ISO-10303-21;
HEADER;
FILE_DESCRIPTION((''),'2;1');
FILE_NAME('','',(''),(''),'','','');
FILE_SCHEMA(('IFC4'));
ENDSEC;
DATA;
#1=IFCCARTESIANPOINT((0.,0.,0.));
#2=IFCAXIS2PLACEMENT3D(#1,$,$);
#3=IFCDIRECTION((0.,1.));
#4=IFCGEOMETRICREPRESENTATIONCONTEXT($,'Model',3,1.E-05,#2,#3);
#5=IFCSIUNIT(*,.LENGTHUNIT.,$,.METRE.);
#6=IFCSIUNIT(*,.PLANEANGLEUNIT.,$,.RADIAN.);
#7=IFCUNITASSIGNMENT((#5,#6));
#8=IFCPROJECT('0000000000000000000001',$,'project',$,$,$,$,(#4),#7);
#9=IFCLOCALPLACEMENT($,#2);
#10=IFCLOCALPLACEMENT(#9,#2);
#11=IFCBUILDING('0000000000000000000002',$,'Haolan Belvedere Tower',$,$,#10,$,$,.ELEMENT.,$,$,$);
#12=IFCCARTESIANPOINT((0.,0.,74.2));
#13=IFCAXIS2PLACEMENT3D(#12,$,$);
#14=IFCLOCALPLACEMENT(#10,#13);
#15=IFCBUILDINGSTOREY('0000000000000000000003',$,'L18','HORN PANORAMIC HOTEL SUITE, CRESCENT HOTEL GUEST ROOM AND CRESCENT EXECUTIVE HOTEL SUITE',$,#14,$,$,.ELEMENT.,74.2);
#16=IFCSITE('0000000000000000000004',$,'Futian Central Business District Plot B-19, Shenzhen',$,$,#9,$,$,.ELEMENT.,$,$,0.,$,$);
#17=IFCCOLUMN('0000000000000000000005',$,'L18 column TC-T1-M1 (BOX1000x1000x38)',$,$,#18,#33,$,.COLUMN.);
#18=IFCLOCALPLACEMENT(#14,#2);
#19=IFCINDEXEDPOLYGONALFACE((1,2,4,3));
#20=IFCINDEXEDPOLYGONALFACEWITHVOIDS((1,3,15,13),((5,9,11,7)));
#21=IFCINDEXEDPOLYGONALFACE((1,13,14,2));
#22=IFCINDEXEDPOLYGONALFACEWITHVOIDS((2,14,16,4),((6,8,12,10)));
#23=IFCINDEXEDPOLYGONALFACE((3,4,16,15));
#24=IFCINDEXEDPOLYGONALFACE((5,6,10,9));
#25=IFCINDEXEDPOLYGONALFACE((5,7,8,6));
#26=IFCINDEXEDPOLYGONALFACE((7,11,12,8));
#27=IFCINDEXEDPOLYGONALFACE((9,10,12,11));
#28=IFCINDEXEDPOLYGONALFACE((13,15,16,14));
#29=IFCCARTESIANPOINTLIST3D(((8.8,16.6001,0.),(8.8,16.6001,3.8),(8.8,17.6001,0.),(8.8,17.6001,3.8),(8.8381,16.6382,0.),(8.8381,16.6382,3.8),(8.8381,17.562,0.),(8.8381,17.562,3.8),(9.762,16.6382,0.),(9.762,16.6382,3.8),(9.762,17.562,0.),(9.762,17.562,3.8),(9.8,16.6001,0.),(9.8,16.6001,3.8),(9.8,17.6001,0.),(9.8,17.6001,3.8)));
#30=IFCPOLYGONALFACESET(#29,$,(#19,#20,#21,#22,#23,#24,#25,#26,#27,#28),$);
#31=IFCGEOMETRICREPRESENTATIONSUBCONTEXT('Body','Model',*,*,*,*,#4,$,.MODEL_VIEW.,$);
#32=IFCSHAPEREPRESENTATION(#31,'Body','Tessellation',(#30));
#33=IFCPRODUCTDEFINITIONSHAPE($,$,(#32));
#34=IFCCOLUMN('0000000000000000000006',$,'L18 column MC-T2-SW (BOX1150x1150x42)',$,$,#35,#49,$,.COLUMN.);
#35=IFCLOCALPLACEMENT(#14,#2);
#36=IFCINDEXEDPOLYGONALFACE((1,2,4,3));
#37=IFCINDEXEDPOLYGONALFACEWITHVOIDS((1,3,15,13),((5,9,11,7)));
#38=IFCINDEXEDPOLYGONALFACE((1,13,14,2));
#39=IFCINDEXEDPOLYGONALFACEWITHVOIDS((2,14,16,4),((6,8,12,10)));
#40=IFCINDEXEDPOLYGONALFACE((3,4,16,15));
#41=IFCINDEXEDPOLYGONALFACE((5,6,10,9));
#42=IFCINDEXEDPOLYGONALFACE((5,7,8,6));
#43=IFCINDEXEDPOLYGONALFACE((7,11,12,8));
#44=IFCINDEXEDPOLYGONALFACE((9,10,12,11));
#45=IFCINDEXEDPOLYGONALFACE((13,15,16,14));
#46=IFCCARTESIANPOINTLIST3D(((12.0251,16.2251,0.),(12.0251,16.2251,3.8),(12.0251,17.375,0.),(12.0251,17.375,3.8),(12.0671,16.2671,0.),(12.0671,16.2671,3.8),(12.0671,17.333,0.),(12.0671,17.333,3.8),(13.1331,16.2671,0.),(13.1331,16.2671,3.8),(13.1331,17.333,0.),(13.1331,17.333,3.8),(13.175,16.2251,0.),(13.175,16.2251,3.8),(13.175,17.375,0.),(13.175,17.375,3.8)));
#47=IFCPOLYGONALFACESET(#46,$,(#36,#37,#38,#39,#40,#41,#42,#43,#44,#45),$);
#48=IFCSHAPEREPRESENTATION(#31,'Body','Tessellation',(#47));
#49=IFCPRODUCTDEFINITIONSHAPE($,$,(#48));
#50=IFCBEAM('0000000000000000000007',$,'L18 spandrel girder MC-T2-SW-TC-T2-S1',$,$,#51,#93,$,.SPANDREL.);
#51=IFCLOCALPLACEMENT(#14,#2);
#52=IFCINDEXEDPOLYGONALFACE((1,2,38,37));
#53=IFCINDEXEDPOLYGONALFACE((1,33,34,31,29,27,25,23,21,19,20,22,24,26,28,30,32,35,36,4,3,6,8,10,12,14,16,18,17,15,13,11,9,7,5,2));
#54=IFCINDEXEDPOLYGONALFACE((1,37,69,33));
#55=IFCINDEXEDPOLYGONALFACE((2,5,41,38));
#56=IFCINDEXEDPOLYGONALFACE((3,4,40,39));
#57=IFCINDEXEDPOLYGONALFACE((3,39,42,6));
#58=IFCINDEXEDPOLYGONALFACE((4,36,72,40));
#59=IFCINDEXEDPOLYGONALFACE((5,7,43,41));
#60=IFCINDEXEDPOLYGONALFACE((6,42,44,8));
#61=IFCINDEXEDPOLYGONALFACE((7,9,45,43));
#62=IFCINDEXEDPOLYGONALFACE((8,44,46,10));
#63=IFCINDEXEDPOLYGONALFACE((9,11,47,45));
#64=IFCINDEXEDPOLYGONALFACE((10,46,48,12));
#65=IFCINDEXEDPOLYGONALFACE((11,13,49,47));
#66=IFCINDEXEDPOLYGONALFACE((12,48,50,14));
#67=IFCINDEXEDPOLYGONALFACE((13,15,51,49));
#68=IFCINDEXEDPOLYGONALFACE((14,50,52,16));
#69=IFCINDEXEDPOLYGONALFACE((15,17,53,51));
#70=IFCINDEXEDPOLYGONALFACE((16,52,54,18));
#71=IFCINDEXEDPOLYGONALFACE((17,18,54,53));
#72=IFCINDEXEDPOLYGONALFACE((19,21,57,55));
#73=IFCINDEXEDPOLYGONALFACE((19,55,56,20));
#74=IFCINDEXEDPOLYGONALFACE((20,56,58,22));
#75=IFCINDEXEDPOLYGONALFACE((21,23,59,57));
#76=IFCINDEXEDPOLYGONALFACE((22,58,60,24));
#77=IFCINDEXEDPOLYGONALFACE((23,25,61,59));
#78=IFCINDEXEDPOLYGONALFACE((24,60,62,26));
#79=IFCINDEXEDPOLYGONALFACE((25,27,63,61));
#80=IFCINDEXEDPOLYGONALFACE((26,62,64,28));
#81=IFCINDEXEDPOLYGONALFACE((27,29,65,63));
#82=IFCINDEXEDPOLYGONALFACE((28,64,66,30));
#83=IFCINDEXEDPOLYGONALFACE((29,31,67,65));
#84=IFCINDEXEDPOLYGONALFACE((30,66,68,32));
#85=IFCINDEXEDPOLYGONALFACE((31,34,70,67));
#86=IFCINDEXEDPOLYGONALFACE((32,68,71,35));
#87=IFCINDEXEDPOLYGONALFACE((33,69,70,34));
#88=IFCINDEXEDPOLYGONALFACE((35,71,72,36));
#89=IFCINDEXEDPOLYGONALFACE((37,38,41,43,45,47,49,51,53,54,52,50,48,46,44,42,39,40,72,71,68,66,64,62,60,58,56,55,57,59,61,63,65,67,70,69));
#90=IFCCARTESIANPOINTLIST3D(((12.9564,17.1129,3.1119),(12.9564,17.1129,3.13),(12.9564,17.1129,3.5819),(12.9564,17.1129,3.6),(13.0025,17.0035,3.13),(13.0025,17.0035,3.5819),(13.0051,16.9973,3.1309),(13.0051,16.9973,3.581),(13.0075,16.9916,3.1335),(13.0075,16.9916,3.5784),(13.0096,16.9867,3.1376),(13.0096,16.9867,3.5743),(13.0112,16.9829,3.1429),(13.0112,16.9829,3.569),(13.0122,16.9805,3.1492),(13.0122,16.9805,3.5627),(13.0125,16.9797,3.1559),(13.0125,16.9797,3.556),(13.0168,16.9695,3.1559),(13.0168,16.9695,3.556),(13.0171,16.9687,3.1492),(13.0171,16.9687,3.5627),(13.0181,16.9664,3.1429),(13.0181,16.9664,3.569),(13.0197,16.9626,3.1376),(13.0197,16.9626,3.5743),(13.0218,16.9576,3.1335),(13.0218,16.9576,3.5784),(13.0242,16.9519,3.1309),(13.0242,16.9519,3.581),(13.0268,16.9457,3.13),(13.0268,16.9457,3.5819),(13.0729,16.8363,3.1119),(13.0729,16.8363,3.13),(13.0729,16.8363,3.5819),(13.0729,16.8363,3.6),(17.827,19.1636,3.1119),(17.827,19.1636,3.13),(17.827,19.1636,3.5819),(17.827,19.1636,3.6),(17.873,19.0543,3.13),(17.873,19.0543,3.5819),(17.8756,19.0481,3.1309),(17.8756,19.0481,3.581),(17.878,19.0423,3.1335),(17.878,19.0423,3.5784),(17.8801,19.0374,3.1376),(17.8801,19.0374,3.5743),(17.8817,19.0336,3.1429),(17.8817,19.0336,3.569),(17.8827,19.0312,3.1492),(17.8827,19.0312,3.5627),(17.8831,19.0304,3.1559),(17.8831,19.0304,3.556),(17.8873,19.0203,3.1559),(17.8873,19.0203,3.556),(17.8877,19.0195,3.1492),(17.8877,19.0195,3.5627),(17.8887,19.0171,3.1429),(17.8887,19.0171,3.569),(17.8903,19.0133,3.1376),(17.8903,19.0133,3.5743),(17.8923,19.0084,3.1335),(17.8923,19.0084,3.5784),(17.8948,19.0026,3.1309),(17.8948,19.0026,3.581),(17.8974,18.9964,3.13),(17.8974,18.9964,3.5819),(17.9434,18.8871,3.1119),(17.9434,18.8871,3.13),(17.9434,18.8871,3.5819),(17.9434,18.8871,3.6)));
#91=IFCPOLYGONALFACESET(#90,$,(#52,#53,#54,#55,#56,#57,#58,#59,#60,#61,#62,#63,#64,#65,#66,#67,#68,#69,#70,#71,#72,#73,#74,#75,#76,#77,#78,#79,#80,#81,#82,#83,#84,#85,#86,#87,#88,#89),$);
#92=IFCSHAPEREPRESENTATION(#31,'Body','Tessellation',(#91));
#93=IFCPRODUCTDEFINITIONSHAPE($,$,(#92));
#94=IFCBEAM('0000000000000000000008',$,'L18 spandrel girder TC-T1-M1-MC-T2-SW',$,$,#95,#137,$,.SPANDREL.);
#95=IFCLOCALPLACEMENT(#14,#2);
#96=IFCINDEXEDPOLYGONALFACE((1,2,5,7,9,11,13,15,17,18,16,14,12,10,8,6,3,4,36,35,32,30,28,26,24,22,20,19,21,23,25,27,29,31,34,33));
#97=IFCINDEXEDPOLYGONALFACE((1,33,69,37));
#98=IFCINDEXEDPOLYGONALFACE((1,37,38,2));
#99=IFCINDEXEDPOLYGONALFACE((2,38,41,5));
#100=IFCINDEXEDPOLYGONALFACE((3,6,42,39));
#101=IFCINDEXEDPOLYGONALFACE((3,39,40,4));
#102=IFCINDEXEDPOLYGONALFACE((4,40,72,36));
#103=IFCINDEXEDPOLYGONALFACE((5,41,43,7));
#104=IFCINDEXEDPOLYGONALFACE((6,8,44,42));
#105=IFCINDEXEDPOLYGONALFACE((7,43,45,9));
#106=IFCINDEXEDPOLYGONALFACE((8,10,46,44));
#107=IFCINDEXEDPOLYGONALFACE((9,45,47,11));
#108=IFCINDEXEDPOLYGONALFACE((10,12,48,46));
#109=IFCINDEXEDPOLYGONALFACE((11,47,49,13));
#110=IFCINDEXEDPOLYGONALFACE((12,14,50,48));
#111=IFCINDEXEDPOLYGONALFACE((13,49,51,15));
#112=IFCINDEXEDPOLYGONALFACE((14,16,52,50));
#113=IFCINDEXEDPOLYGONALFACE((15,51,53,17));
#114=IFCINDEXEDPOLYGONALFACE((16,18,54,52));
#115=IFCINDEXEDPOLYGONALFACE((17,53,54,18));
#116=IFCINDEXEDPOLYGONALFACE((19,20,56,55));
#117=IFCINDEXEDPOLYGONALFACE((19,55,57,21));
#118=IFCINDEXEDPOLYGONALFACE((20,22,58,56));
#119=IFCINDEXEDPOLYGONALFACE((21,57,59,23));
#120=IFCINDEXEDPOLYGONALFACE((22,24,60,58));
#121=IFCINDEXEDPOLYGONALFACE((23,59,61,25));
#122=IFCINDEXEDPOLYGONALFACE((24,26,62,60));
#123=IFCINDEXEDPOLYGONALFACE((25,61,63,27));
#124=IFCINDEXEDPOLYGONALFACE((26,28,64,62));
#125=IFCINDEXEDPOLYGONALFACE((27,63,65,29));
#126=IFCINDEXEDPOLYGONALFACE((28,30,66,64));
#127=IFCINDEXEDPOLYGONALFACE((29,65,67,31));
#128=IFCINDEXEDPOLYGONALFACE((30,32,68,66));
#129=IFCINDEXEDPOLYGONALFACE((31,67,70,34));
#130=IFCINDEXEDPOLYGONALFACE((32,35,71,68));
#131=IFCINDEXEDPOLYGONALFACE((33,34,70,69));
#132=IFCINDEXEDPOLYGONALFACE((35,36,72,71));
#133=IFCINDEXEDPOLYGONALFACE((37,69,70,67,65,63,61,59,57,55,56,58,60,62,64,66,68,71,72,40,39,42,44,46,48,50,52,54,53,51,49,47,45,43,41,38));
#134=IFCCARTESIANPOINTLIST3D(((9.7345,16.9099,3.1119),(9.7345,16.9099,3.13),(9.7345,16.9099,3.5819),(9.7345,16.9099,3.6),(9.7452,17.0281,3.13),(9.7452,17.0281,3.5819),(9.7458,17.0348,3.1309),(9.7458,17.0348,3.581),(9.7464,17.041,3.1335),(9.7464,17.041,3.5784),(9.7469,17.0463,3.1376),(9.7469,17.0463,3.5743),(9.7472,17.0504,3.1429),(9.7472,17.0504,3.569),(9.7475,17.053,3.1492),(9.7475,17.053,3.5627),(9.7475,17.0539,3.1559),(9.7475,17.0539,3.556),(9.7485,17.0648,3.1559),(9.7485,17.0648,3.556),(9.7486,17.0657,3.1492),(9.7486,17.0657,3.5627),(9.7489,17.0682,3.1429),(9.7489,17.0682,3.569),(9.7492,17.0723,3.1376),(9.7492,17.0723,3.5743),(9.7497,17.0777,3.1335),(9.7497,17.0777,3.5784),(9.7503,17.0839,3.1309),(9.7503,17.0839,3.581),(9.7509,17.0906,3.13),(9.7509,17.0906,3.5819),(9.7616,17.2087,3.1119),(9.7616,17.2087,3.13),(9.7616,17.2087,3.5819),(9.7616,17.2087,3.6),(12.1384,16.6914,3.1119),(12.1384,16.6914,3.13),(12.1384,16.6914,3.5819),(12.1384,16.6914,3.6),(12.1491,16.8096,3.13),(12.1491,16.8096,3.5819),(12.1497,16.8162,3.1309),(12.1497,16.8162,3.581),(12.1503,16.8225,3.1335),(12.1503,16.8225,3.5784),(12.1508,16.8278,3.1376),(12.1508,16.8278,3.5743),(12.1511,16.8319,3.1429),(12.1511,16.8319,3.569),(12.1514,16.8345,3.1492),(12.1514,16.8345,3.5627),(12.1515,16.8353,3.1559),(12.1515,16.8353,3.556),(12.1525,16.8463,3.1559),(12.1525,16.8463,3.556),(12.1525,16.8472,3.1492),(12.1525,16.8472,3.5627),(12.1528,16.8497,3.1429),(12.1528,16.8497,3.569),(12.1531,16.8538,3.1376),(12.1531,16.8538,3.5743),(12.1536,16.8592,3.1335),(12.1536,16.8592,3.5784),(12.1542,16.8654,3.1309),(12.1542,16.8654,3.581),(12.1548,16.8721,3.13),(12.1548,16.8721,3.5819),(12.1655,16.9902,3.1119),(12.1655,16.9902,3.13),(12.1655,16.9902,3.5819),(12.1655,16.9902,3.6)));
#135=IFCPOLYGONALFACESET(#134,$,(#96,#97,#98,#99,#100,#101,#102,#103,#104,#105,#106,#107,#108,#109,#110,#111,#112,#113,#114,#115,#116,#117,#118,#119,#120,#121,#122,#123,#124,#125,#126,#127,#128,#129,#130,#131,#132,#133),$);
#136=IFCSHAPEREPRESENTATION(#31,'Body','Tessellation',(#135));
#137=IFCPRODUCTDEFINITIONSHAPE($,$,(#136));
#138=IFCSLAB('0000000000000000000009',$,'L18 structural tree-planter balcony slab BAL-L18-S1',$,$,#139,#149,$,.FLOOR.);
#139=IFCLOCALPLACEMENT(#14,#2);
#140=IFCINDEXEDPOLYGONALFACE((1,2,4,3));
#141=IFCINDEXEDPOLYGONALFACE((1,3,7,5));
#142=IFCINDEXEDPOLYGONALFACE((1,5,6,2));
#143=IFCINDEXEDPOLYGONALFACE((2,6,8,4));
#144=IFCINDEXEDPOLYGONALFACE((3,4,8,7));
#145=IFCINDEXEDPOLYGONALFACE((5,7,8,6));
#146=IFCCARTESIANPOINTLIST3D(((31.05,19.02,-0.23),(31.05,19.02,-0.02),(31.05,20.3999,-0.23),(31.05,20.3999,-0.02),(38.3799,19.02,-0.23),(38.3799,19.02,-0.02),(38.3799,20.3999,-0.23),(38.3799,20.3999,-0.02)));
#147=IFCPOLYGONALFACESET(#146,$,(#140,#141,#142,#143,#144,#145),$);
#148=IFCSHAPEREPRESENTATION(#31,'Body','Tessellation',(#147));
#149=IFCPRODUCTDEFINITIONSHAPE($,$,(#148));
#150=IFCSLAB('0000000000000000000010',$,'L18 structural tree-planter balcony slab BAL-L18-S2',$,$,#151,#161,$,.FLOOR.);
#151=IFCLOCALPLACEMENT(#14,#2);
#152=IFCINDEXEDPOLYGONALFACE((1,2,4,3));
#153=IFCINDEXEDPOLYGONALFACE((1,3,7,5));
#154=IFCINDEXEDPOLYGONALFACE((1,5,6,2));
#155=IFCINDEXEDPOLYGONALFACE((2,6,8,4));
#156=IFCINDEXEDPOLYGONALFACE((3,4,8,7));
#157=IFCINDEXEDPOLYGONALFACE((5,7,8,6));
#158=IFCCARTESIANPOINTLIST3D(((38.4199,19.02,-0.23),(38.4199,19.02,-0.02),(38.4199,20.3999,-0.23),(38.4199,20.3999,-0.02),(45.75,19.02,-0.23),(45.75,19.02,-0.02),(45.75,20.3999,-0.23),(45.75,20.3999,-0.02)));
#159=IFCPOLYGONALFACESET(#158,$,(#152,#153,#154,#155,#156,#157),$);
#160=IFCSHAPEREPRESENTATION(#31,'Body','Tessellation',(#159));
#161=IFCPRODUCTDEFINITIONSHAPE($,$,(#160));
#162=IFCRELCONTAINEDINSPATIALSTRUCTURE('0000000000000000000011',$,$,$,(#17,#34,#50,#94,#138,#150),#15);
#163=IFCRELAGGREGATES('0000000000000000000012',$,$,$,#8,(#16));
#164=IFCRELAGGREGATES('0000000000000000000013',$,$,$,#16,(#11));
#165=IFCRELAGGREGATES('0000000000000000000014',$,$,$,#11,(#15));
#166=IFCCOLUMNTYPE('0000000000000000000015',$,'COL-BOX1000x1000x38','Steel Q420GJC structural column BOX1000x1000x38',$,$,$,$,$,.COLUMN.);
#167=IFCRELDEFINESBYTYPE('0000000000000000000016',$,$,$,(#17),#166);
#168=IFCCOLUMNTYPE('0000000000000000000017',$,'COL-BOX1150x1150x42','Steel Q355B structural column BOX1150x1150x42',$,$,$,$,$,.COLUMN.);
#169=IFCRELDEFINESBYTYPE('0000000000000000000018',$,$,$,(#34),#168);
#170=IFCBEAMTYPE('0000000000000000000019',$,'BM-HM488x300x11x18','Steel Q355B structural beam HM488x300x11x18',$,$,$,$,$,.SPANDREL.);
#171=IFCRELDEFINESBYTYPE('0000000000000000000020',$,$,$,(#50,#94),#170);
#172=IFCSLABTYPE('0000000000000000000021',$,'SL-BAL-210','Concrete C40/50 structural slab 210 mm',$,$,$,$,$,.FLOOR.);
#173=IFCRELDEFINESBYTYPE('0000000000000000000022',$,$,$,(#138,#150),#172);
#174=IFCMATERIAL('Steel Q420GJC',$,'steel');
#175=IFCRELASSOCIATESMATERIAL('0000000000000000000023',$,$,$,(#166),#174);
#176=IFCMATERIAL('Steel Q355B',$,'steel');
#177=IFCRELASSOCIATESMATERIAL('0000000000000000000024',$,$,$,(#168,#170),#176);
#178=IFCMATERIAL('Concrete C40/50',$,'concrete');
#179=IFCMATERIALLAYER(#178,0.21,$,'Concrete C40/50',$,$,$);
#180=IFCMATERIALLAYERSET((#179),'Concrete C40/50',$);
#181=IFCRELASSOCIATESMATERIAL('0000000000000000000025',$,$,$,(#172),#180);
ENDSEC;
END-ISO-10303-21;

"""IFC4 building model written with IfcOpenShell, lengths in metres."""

from ifc_helpers import new_model, si_unit, direction, frame, origin, origin_2d, place, context, subcontext, project, spatial, polyline, hollow_rectangle, i_section, outline, extrude, material, layer, layer_set, material_profile, profile_set, type_object, element, save


model = new_model("IFC4")

# Units and contexts
model_context = context("Model", 3, precision=1e-05, world=origin(), true_north=direction((0.0, 1.0)))
body_context = subcontext(model_context, "Body", "Model", "MODEL_VIEW")
ifc_project = project(units=[si_unit("LENGTHUNIT", "METRE"), si_unit("PLANEANGLEUNIT", "RADIAN")], contexts=[model_context])

# Site, building, storey
site_placement = place(None, origin())
site = spatial("IfcSite", under=ifc_project, at=site_placement, Name="Futian Central Business District Plot B-19, Shenzhen", CompositionType="ELEMENT", RefElevation=0.0)
building_placement = place(site_placement, origin())
building = spatial("IfcBuilding", under=site, at=building_placement, Name="Haolan Belvedere Tower", CompositionType="ELEMENT")
storey_placement = place(building_placement, frame((0.0, 0.0, 74.2)))
storey = spatial("IfcBuildingStorey", under=building, at=storey_placement, Name="L18", Description="HORN PANORAMIC HOTEL SUITE, CRESCENT HOTEL GUEST ROOM AND CRESCENT EXECUTIVE HOTEL SUITE", CompositionType="ELEMENT", Elevation=74.2)

# Columns
ifc_material_1 = material(Name="Steel Q420GJC", Category="steel")
ifc_material_profile_1 = material_profile(ifc_material_1, hollow_rectangle(XDim=1.0, YDim=1.0, WallThickness=0.0381, at=origin_2d()), Name="Steel Q420GJC")
ifc_profile_set_1 = profile_set([ifc_material_profile_1], Name="Steel Q420GJC")
column_type_1 = type_object("IfcColumnType", Name="COL-BOX1000x1000x38", Description="Steel Q420GJC structural column BOX1000x1000x38", PredefinedType="COLUMN", material=ifc_profile_set_1)
column_1_placement = place(storey_placement, frame((9.3, 17.1001, 0.0), z_axis=(0.0, 0.0, 1.0), x_axis=(1.0, 0.0, 0.0)))
element("IfcColumn", 1, at=column_1_placement, inside=storey, type_object=column_type_1, Name="L18 column TC-T1-M1 (BOX1000x1000x38)", PredefinedType="COLUMN", context=body_context, shape_type="SweptSolid", body=[
    extrude(hollow_rectangle(XDim=1.0, YDim=1.0, WallThickness=0.0381, at=origin_2d()), origin(), (0.0, 0.0, 1.0), 3.8),
])
ifc_material_2 = material(Name="Steel Q355B", Category="steel")
ifc_material_profile_2 = material_profile(ifc_material_2, hollow_rectangle(XDim=1.1499, YDim=1.1499, WallThickness=0.042, at=origin_2d()), Name="Steel Q355B")
ifc_profile_set_2 = profile_set([ifc_material_profile_2], Name="Steel Q355B")
column_type_2 = type_object("IfcColumnType", Name="COL-BOX1150x1150x42", Description="Steel Q355B structural column BOX1150x1150x42", PredefinedType="COLUMN", material=ifc_profile_set_2)
column_2_placement = place(storey_placement, frame((12.6001, 16.8, 0.0), z_axis=(0.0, 0.0, 1.0), x_axis=(1.0, 0.0, 0.0)))
element("IfcColumn", 2, at=column_2_placement, inside=storey, type_object=column_type_2, Name="L18 column MC-T2-SW (BOX1150x1150x42)", PredefinedType="COLUMN", context=body_context, shape_type="SweptSolid", body=[
    extrude(hollow_rectangle(XDim=1.1499, YDim=1.1499, WallThickness=0.042, at=origin_2d()), origin(), (0.0, 0.0, 1.0), 3.8),
])

# Beams
ifc_material_profile_3 = material_profile(ifc_material_2, i_section(OverallWidth=0.3, OverallDepth=0.488, WebThickness=0.011, FlangeThickness=0.0181, FilletRadius=0.0259, at=origin_2d()), Name="Steel Q355B")
ifc_profile_set_3 = profile_set([ifc_material_profile_3], Name="Steel Q355B")
beam_type = type_object("IfcBeamType", Name="BM-HM488x300x11x18", Description="Steel Q355B structural beam HM488x300x11x18", PredefinedType="SPANDREL", material=ifc_profile_set_3)
beam_1_placement = place(storey_placement, frame((13.0146, 16.9746, 3.356), z_axis=(0.921635, 0.388057, 0.0), x_axis=(-0.388057, 0.921635, 0.0)))
element("IfcBeam", 3, at=beam_1_placement, inside=storey, type_object=beam_type, Name="L18 spandrel girder MC-T2-SW-TC-T2-S1", PredefinedType="SPANDREL", context=body_context, shape_type="SweptSolid", body=[
    extrude(i_section(OverallWidth=0.3, OverallDepth=0.488, WebThickness=0.011, FlangeThickness=0.0181, FilletRadius=0.0259, at=origin_2d()), origin(), (0.0, 0.0, 1.0), 5.2847),
])
beam_2_placement = place(storey_placement, frame((9.748, 17.0593, 3.356), z_axis=(0.995894, -0.090527, 0.0), x_axis=(0.090527, 0.995894, 0.0)))
element("IfcBeam", 4, at=beam_2_placement, inside=storey, type_object=beam_type, Name="L18 spandrel girder TC-T1-M1-MC-T2-SW", PredefinedType="SPANDREL", context=body_context, shape_type="SweptSolid", body=[
    extrude(i_section(OverallWidth=0.3, OverallDepth=0.488, WebThickness=0.011, FlangeThickness=0.0181, FilletRadius=0.0259, at=origin_2d()), origin(), (0.0, 0.0, 1.0), 2.4138),
])

# Slabs
ifc_material_3 = material(Name="Concrete C40/50", Category="concrete")
ifc_layer_1 = layer(ifc_material_3, 0.21, Name="Concrete C40/50")
ifc_layer_set_1 = layer_set([ifc_layer_1], Name="Concrete C40/50")
slab_type_1 = type_object("IfcSlabType", Name="SL-BAL-210", Description="Concrete C40/50 structural slab 210 mm", PredefinedType="FLOOR", material=ifc_layer_set_1)
slab_1_placement = place(storey_placement, frame((0.0, 0.0, -0.23)))
element("IfcSlab", 5, at=slab_1_placement, inside=storey, type_object=slab_type_1, Name="L18 structural tree-planter balcony slab BAL-L18-S1", PredefinedType="FLOOR", context=body_context, shape_type="SweptSolid", body=[
    extrude(outline(polyline([(31.05, 19.02), (38.3799, 19.02), (38.3799, 20.3999), (31.05, 20.3999), (31.05, 19.02)])), origin(), (0.0, 0.0, 1.0), 0.21),
])
slab_2_placement = place(storey_placement, frame((0.0, 0.0, -0.23)))
element("IfcSlab", 6, at=slab_2_placement, inside=storey, type_object=slab_type_1, Name="L18 structural tree-planter balcony slab BAL-L18-S2", PredefinedType="FLOOR", context=body_context, shape_type="SweptSolid", body=[
    extrude(outline(polyline([(38.4199, 19.02), (45.75, 19.02), (45.75, 20.3999), (38.4199, 20.3999), (38.4199, 19.02)])), origin(), (0.0, 0.0, 1.0), 0.21),
])

save(model, "model.ifc")
